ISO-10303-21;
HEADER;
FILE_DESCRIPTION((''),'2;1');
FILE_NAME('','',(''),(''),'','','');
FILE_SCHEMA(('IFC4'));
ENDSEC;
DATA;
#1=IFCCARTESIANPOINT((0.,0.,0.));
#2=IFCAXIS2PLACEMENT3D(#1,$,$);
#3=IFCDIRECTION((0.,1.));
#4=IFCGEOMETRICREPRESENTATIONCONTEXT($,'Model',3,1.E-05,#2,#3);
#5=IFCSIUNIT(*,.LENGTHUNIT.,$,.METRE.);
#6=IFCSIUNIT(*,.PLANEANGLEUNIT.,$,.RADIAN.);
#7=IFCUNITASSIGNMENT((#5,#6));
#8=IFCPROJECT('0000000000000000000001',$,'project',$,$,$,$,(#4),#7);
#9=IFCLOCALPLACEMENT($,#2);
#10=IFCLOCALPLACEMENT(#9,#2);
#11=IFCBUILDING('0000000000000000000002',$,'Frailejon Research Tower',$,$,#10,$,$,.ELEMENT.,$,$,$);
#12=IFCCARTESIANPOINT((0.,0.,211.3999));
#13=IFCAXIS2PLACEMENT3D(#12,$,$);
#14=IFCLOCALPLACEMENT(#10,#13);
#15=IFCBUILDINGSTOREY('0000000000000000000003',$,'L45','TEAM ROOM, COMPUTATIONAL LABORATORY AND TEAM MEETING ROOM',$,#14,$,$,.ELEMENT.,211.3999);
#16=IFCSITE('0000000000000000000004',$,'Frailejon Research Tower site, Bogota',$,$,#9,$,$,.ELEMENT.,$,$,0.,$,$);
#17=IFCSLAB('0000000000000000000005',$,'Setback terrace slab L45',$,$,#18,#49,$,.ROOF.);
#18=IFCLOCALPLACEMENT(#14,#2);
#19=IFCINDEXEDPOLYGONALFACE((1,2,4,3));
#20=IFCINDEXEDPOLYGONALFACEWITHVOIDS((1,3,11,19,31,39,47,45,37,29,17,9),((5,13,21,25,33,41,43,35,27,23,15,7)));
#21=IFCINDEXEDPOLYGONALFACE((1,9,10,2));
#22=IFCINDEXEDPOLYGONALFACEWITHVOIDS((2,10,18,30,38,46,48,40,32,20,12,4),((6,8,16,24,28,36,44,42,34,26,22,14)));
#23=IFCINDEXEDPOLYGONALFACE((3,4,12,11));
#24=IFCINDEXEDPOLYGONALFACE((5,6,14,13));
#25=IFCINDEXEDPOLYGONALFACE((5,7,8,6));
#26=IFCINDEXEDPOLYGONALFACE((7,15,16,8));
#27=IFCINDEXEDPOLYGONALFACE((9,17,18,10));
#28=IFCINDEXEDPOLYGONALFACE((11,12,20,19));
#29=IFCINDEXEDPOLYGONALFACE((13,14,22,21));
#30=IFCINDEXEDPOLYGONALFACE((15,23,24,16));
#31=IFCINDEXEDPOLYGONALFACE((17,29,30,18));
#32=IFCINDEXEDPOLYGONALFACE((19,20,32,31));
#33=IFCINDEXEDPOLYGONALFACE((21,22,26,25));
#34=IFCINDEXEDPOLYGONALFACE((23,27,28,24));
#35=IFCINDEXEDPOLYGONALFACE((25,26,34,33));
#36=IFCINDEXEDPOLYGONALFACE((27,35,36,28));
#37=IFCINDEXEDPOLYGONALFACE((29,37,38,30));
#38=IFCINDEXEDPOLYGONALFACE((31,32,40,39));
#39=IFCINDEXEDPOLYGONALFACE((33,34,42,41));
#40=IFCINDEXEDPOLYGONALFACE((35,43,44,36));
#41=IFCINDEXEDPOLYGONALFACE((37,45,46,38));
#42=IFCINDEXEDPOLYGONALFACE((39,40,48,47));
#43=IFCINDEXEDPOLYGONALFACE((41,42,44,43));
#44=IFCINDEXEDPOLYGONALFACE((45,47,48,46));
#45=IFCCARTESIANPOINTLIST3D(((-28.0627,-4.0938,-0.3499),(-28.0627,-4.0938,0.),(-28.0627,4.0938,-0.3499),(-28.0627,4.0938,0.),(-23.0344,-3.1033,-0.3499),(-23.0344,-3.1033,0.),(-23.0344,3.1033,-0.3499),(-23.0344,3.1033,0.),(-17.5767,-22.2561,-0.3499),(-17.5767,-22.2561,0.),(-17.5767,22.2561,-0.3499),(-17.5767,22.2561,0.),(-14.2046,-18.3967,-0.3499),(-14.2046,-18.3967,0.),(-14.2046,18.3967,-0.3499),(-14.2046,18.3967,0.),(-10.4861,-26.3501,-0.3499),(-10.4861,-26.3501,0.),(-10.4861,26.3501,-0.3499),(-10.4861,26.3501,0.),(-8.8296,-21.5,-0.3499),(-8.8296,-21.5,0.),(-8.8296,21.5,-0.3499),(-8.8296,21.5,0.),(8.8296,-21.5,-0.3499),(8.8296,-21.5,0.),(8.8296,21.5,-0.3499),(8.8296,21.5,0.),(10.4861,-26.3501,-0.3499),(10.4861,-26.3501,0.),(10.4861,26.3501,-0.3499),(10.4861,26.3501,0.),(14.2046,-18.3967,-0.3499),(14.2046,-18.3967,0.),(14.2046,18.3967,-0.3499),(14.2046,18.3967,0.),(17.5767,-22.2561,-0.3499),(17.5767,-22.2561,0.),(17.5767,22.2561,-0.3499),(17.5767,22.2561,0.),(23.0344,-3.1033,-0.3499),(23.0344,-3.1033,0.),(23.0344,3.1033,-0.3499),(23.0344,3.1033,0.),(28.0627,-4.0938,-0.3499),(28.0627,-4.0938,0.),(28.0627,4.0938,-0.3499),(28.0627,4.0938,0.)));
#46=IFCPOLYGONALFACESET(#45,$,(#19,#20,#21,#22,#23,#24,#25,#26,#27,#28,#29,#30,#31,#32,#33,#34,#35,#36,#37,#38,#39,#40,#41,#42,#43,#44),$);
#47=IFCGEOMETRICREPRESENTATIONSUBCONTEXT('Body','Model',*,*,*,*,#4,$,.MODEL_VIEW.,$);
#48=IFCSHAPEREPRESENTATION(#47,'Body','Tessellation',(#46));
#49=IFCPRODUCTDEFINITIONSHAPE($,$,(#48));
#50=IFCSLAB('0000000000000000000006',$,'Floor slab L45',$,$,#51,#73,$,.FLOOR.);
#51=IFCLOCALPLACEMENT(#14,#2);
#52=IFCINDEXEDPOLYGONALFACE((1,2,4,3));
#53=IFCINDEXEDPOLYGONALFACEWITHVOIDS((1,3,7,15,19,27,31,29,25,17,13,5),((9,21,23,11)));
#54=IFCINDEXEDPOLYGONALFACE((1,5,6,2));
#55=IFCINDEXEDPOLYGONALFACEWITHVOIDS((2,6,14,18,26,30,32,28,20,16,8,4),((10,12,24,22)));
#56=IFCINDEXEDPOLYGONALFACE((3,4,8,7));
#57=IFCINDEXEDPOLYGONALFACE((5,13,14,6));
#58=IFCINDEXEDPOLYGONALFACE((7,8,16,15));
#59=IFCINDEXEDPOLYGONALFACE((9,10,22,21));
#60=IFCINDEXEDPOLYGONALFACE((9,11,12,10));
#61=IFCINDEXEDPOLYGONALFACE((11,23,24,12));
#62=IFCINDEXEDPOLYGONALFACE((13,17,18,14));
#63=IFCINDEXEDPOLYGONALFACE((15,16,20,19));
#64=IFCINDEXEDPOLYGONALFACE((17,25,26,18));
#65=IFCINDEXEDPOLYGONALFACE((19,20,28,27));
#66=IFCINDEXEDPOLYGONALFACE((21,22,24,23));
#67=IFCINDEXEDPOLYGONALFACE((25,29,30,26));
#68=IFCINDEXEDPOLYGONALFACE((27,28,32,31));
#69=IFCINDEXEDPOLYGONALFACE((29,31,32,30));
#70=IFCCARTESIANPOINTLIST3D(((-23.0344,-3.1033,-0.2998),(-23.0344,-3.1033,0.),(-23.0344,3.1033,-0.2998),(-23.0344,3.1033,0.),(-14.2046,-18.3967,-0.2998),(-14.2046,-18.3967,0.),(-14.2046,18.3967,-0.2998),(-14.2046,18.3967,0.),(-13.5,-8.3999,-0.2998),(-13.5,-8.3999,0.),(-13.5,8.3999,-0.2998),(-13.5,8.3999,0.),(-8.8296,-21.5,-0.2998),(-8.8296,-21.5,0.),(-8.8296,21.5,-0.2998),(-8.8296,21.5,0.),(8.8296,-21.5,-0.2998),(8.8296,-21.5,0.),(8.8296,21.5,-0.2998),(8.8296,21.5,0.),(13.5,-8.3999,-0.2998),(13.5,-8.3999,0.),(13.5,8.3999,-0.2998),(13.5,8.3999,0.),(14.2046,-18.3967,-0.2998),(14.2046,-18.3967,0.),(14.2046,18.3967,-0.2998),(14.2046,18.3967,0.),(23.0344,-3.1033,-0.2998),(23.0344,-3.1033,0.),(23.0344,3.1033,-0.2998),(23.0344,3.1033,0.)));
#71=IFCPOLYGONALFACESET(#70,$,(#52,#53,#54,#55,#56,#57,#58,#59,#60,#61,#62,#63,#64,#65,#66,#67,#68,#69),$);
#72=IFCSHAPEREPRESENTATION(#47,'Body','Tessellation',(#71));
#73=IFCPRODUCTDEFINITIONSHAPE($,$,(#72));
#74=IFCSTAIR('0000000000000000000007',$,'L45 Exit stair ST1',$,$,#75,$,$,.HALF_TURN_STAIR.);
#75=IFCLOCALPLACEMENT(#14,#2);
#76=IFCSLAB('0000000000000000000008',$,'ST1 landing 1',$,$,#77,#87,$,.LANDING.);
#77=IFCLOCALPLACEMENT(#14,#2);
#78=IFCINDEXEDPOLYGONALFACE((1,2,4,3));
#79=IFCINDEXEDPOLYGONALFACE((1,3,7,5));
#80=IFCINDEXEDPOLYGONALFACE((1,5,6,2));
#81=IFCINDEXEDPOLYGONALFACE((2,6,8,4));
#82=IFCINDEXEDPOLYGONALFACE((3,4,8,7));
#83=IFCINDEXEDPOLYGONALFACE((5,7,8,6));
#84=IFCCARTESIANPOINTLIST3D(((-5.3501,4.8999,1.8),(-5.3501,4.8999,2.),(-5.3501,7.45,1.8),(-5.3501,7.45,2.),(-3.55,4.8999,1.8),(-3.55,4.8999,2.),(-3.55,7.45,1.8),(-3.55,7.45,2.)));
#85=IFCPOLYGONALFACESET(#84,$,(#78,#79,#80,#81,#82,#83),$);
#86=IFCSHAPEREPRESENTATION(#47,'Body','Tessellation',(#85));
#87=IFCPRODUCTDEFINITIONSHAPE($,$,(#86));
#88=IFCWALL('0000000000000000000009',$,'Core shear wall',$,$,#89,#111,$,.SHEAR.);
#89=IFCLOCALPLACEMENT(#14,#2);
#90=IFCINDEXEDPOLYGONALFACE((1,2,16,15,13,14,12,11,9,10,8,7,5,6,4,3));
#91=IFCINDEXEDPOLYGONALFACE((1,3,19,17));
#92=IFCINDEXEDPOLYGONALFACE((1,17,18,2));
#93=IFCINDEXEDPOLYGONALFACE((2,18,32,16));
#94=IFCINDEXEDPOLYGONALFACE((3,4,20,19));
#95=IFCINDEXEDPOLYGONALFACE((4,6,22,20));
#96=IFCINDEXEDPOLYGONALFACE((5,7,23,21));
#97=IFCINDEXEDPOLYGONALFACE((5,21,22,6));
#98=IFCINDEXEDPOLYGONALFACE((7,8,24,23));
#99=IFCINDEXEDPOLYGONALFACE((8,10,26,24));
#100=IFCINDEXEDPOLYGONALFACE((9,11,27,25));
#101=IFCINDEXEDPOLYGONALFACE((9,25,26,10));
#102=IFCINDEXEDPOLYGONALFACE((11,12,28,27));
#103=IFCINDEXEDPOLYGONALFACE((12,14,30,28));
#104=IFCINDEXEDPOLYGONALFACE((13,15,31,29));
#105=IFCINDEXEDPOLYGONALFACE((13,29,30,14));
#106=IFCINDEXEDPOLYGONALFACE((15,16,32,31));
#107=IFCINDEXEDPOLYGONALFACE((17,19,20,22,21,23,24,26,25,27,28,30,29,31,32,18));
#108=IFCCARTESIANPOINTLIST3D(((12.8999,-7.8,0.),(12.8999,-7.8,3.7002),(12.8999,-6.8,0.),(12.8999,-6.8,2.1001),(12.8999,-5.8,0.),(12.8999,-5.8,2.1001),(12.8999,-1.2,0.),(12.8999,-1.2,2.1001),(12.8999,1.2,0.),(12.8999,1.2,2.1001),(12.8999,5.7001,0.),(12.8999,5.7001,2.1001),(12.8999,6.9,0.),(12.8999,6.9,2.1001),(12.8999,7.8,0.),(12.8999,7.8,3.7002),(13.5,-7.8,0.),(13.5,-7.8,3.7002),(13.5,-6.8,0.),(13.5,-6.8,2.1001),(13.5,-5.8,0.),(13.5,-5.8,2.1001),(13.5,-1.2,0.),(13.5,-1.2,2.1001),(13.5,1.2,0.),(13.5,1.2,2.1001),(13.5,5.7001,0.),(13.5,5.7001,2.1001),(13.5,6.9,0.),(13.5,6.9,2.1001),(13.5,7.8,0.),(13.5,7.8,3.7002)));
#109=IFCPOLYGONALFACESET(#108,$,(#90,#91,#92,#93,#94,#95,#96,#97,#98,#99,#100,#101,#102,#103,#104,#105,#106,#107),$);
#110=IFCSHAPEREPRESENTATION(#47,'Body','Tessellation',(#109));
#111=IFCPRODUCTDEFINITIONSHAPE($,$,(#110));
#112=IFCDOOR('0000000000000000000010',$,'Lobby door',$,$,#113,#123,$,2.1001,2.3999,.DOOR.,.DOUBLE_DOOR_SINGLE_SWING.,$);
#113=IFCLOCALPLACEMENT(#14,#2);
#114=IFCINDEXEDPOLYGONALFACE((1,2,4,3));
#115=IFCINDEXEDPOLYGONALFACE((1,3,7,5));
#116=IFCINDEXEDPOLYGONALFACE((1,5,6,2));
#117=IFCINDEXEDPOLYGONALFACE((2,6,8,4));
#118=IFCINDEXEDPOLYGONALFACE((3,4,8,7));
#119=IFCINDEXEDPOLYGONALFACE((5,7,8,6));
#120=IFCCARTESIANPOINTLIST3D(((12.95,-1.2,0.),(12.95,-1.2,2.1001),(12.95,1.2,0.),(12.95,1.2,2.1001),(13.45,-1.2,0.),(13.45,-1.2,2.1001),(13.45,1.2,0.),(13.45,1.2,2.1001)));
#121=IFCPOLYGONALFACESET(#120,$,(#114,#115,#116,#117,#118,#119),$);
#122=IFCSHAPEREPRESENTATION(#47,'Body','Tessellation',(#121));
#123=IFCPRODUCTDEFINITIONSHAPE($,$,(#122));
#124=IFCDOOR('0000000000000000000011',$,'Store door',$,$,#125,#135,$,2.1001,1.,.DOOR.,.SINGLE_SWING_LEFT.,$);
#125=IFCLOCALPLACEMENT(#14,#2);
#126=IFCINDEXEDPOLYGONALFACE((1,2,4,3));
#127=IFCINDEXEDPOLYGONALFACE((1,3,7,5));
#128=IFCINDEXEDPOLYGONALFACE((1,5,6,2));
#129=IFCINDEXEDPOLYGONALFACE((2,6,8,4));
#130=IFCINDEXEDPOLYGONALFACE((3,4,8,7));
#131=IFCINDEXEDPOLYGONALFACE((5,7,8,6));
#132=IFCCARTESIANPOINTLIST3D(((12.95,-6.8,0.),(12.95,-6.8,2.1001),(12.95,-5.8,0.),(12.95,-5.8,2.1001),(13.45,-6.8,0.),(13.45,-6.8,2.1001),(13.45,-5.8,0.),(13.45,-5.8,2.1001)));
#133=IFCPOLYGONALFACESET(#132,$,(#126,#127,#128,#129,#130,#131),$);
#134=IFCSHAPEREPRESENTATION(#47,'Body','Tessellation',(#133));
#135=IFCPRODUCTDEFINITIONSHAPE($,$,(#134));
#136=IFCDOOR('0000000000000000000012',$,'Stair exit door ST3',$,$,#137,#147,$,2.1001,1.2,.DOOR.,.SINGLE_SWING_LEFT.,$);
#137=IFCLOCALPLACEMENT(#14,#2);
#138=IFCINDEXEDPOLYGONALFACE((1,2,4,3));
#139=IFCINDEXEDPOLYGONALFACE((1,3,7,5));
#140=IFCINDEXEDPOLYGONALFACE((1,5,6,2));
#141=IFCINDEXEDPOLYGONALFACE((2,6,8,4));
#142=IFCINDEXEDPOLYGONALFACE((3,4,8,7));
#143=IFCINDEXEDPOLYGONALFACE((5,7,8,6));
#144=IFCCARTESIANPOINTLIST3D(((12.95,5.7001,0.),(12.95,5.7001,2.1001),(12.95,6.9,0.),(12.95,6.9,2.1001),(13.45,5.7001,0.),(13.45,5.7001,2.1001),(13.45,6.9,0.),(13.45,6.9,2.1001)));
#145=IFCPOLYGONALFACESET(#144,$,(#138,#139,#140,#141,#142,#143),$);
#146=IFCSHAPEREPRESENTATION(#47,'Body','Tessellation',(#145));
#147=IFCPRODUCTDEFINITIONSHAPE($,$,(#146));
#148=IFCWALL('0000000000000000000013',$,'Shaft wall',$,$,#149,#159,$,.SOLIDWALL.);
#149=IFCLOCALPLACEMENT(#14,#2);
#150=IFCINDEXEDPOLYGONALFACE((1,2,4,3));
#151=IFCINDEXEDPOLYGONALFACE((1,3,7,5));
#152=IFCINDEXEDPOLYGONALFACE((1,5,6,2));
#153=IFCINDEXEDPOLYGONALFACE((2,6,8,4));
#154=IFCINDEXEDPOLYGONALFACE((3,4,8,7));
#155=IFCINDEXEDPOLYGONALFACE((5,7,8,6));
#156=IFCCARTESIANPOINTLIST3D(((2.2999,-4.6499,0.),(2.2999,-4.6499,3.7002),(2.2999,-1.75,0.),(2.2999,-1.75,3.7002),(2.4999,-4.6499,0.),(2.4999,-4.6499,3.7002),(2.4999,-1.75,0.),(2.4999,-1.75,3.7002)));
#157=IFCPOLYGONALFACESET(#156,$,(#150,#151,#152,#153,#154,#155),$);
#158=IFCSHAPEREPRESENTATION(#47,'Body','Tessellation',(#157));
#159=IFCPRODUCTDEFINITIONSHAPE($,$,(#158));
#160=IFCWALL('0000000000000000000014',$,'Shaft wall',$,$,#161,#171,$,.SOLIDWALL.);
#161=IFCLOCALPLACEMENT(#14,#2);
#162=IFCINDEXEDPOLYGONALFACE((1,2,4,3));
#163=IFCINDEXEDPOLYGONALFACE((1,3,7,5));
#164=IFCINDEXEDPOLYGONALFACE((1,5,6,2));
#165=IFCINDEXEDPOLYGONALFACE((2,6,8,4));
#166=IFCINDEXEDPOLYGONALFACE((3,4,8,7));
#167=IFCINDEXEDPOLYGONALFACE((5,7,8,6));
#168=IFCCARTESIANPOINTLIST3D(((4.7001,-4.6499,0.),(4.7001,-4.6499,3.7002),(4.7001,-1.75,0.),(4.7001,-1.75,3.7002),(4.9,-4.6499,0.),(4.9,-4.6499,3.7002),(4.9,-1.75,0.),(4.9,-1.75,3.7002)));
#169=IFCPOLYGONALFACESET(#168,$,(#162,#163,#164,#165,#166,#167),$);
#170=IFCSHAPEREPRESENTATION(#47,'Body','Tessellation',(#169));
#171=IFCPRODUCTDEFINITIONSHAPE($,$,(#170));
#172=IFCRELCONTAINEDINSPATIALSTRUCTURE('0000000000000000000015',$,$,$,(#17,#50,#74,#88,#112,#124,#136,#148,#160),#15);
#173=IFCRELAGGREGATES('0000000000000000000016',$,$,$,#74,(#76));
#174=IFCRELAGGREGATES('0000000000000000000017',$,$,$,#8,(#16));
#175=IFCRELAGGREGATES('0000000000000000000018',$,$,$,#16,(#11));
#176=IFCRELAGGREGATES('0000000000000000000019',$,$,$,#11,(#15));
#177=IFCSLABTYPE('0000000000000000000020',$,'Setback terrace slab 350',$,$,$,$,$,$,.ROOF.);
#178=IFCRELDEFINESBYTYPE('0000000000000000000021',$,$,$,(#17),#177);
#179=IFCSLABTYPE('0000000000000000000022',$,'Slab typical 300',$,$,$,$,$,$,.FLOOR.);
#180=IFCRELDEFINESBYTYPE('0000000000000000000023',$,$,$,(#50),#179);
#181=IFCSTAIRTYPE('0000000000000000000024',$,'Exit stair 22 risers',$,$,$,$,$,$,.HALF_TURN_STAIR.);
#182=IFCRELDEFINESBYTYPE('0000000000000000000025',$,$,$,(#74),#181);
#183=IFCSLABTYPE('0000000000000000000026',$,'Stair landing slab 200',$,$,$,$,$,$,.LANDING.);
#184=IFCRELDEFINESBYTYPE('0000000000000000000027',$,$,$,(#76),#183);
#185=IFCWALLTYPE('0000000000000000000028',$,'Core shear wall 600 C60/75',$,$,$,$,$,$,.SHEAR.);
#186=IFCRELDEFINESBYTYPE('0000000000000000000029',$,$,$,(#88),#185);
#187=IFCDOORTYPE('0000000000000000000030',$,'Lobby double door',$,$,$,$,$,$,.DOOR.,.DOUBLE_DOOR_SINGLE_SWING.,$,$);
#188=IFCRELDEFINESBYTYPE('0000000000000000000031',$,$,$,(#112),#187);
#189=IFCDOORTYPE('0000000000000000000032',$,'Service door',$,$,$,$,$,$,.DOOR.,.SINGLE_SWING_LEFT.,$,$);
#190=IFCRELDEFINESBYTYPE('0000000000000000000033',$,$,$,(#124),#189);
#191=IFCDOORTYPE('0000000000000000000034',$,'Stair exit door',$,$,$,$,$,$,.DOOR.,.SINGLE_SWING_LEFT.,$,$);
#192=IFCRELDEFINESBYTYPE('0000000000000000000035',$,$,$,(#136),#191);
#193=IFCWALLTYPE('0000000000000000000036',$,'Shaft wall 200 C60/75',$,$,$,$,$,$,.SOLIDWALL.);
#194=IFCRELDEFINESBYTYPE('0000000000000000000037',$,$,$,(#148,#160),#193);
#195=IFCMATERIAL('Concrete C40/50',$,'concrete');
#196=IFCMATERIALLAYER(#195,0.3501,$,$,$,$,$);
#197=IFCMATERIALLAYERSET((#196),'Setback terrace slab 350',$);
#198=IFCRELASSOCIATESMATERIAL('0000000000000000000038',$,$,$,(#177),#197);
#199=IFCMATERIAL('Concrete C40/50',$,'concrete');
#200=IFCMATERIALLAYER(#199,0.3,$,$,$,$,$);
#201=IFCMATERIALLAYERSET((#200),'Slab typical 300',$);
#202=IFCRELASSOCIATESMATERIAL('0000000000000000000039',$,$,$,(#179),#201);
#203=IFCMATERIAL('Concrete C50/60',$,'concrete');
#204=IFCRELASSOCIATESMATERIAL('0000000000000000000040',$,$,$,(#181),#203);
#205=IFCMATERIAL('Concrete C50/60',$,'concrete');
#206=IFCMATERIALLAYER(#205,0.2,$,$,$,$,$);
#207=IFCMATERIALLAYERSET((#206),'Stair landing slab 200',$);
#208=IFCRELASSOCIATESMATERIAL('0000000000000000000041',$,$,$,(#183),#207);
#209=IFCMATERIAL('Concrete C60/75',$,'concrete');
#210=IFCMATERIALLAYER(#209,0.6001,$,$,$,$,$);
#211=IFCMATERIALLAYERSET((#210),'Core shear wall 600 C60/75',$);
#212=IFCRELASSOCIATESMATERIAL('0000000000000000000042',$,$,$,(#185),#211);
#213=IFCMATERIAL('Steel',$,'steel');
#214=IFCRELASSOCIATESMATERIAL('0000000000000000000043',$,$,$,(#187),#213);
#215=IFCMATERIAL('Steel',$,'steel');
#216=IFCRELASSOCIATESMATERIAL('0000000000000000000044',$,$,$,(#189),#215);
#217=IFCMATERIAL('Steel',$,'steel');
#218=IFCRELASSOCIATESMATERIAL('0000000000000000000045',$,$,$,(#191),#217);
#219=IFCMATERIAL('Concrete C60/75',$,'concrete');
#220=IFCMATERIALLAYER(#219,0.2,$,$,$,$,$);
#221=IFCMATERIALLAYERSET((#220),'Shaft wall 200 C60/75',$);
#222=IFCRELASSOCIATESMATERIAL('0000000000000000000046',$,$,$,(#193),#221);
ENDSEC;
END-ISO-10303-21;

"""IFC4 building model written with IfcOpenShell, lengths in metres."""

from ifc_helpers import new_model, si_unit, direction, frame, frame_2d, origin, place, context, subcontext, project, spatial, polyline, rectangle, outline, extrude, material, layer, layer_set, type_object, element, fill, aggregate, save


model = new_model("IFC4")

# Units and contexts
model_context = context("Model", 3, precision=1e-05, world=origin(), true_north=direction((0.0, 1.0)))
body_context = subcontext(model_context, "Body", "Model", "MODEL_VIEW")
ifc_project = project(units=[si_unit("LENGTHUNIT", "METRE"), si_unit("PLANEANGLEUNIT", "RADIAN")], contexts=[model_context])

# Site, building, storey
site_placement = place(None, origin())
site = spatial("IfcSite", under=ifc_project, at=site_placement, Name="Frailejon Research Tower site, Bogota", CompositionType="ELEMENT", RefElevation=0.0)
building_placement = place(site_placement, origin())
building = spatial("IfcBuilding", under=site, at=building_placement, Name="Frailejon Research Tower", CompositionType="ELEMENT")
storey_placement = place(building_placement, frame((0.0, 0.0, 211.3999)))
storey = spatial("IfcBuildingStorey", under=building, at=storey_placement, Name="L45", Description="TEAM ROOM, COMPUTATIONAL LABORATORY AND TEAM MEETING ROOM", CompositionType="ELEMENT", Elevation=211.3999)

# Slabs
ifc_material_1 = material(Name="Concrete C40/50", Category="concrete")
ifc_layer_1 = layer(ifc_material_1, 0.3501)
ifc_layer_set_1 = layer_set([ifc_layer_1], Name="Setback terrace slab 350")
slab_type_1 = type_object("IfcSlabType", Name="Setback terrace slab 350", PredefinedType="ROOF", material=ifc_layer_set_1)
slab_1_placement = place(storey_placement, frame((0.0, 0.0, -0.3499)))
element("IfcSlab", 1, at=slab_1_placement, inside=storey, type_object=slab_type_1, Name="Setback terrace slab L45", PredefinedType="ROOF", context=body_context, shape_type="SweptSolid", body=[
    extrude(outline(polyline([(17.5767, -22.2561), (10.4861, -26.3501), (-10.4861, -26.3501), (-17.5767, -22.2561), (-28.0627, -4.0938), (-28.0627, 4.0938), (-17.5767, 22.2561), (-10.4861, 26.3501), (10.4861, 26.3501), (17.5767, 22.2561), (28.0627, 4.0938), (28.0627, -4.0938), (17.5767, -22.2561)]), holes=[polyline([(23.0344, 3.1033), (14.2046, 18.3967), (8.8296, 21.5), (-8.8296, 21.5), (-14.2046, 18.3967), (-23.0344, 3.1033), (-23.0344, -3.1033), (-14.2046, -18.3967), (-8.8296, -21.5), (8.8296, -21.5), (14.2046, -18.3967), (23.0344, -3.1033), (23.0344, 3.1033)])]), origin(), (0.0, 0.0, 1.0), 0.3499),
])
ifc_material_2 = material(Name="Concrete C40/50", Category="concrete")
ifc_layer_2 = layer(ifc_material_2, 0.3)
ifc_layer_set_2 = layer_set([ifc_layer_2], Name="Slab typical 300")
slab_type_2 = type_object("IfcSlabType", Name="Slab typical 300", PredefinedType="FLOOR", material=ifc_layer_set_2)
slab_2_placement = place(storey_placement, frame((0.0, 0.0, -0.2998)))
element("IfcSlab", 2, at=slab_2_placement, inside=storey, type_object=slab_type_2, Name="Floor slab L45", PredefinedType="FLOOR", context=body_context, shape_type="SweptSolid", body=[
    extrude(outline(polyline([(23.0344, -3.1033), (23.0344, 3.1033), (14.2046, 18.3967), (8.8296, 21.5), (-8.8296, 21.5), (-14.2046, 18.3967), (-23.0344, 3.1033), (-23.0344, -3.1033), (-14.2046, -18.3967), (-8.8296, -21.5), (8.8296, -21.5), (14.2046, -18.3967), (23.0344, -3.1033)]), holes=[polyline([(13.5, -8.3999), (-13.5, -8.3999), (-13.5, 8.3999), (13.5, 8.3999), (13.5, -8.3999)])]), origin(), (0.0, 0.0, 1.0), 0.2998),
])

# Stair, slab
ifc_material_3 = material(Name="Concrete C50/60", Category="concrete")
stair_type = type_object("IfcStairType", Name="Exit stair 22 risers", PredefinedType="HALF_TURN_STAIR", material=ifc_material_3)
stair_placement = place(storey_placement, origin())
stair = element("IfcStair", 3, at=stair_placement, inside=storey, type_object=stair_type, Name="L45 Exit stair ST1", PredefinedType="HALF_TURN_STAIR")
ifc_material_4 = material(Name="Concrete C50/60", Category="concrete")
ifc_layer_3 = layer(ifc_material_4, 0.2)
ifc_layer_set_3 = layer_set([ifc_layer_3], Name="Stair landing slab 200")
slab_type_3 = type_object("IfcSlabType", Name="Stair landing slab 200", PredefinedType="LANDING", material=ifc_layer_set_3)
slab_3_placement = place(storey_placement, frame((0.0, 0.0, 1.8)))
slab_3 = element("IfcSlab", 4, at=slab_3_placement, type_object=slab_type_3, Name="ST1 landing 1", PredefinedType="LANDING", context=body_context, shape_type="SweptSolid", body=[
    extrude(outline(polyline([(-5.3501, 4.8999), (-3.55, 4.8999), (-3.55, 7.45), (-5.3501, 7.45), (-5.3501, 4.8999)])), origin(), (0.0, 0.0, 1.0), 0.2),
])
aggregate(stair, [slab_3])

# Wall, openings, doors
ifc_material_5 = material(Name="Concrete C60/75", Category="concrete")
ifc_layer_4 = layer(ifc_material_5, 0.6001)
ifc_layer_set_4 = layer_set([ifc_layer_4], Name="Core shear wall 600 C60/75")
wall_type_1 = type_object("IfcWallType", Name="Core shear wall 600 C60/75", PredefinedType="SHEAR", material=ifc_layer_set_4)
wall_1_placement = place(storey_placement, frame((13.2, -7.8, 0.0), z_axis=(0.0, 0.0, 1.0), x_axis=(0.0, 1.0, 0.0)))
wall_1 = element("IfcWall", 5, at=wall_1_placement, inside=storey, type_object=wall_type_1, Name="Core shear wall", PredefinedType="SHEAR", context=body_context, shape_type="SweptSolid", body=[
    extrude(rectangle(XDim=15.6001, YDim=0.6001, at=frame_2d((7.8, 0.0))), origin(), (0.0, 0.0, 1.0), 3.7002),
])
opening_1_placement = place(wall_1_placement, frame((6.6001, 0.0, 0.0)))
opening_1 = element("IfcOpeningElement", 6, at=opening_1_placement, cuts=wall_1, PredefinedType="OPENING", context=body_context, shape_type="SweptSolid", body=[
    extrude(rectangle(XDim=2.3999, YDim=2.1001, at=frame_2d((1.2, 1.05))), frame((0.0, 0.3101, 0.0), z_axis=(0.0, -1.0, 0.0), x_axis=(1.0, 0.0, 0.0)), (0.0, 0.0, 1.0), 0.6201),
])
opening_2_placement = place(wall_1_placement, frame((13.5, 0.0, 0.0)))
opening_2 = element("IfcOpeningElement", 7, at=opening_2_placement, cuts=wall_1, PredefinedType="OPENING", context=body_context, shape_type="SweptSolid", body=[
    extrude(rectangle(XDim=1.2, YDim=2.1001, at=frame_2d((0.6001, 1.05))), frame((0.0, 0.3101, 0.0), z_axis=(0.0, -1.0, 0.0), x_axis=(1.0, 0.0, 0.0)), (0.0, 0.0, 1.0), 0.6201),
])
opening_3_placement = place(wall_1_placement, frame((1.0, 0.0, 0.0)))
opening_3 = element("IfcOpeningElement", 8, at=opening_3_placement, cuts=wall_1, PredefinedType="OPENING", context=body_context, shape_type="SweptSolid", body=[
    extrude(rectangle(XDim=1.0, YDim=2.1001, at=frame_2d((0.5, 1.05))), frame((0.0, 0.3101, 0.0), z_axis=(0.0, -1.0, 0.0), x_axis=(1.0, 0.0, 0.0)), (0.0, 0.0, 1.0), 0.6201),
])
ifc_material_6 = material(Name="Steel", Category="steel")
door_type_1 = type_object("IfcDoorType", Name="Lobby double door", OperationType="DOUBLE_DOOR_SINGLE_SWING", PredefinedType="DOOR", material=ifc_material_6)
door_1_placement = place(opening_1_placement, origin())
door_1 = element("IfcDoor", 9, at=door_1_placement, inside=storey, type_object=door_type_1, Name="Lobby door", OperationType="DOUBLE_DOOR_SINGLE_SWING", OverallHeight=2.1001, OverallWidth=2.3999, PredefinedType="DOOR", context=body_context, shape_type="SweptSolid", body=[
    extrude(rectangle(XDim=2.3999, YDim=2.1001, at=frame_2d((1.2, 1.05))), frame((0.0, 0.25, 0.0), z_axis=(0.0, -1.0, 0.0), x_axis=(1.0, 0.0, 0.0)), (0.0, 0.0, 1.0), 0.5),
])
fill(opening_1, door_1)
ifc_material_7 = material(Name="Steel", Category="steel")
door_type_2 = type_object("IfcDoorType", Name="Service door", OperationType="SINGLE_SWING_LEFT", PredefinedType="DOOR", material=ifc_material_7)
door_2_placement = place(opening_3_placement, origin())
door_2 = element("IfcDoor", 10, at=door_2_placement, inside=storey, type_object=door_type_2, Name="Store door", OperationType="SINGLE_SWING_LEFT", OverallHeight=2.1001, OverallWidth=1.0, PredefinedType="DOOR", context=body_context, shape_type="SweptSolid", body=[
    extrude(rectangle(XDim=1.0, YDim=2.1001, at=frame_2d((0.5, 1.05))), frame((0.0, 0.25, 0.0), z_axis=(0.0, -1.0, 0.0), x_axis=(1.0, 0.0, 0.0)), (0.0, 0.0, 1.0), 0.5),
])
fill(opening_3, door_2)
ifc_material_8 = material(Name="Steel", Category="steel")
door_type_3 = type_object("IfcDoorType", Name="Stair exit door", OperationType="SINGLE_SWING_LEFT", PredefinedType="DOOR", material=ifc_material_8)
door_3_placement = place(opening_2_placement, origin())
door_3 = element("IfcDoor", 11, at=door_3_placement, inside=storey, type_object=door_type_3, Name="Stair exit door ST3", OperationType="SINGLE_SWING_LEFT", OverallHeight=2.1001, OverallWidth=1.2, PredefinedType="DOOR", context=body_context, shape_type="SweptSolid", body=[
    extrude(rectangle(XDim=1.2, YDim=2.1001, at=frame_2d((0.6001, 1.05))), frame((0.0, 0.25, 0.0), z_axis=(0.0, -1.0, 0.0), x_axis=(1.0, 0.0, 0.0)), (0.0, 0.0, 1.0), 0.5),
])
fill(opening_2, door_3)

# Walls
ifc_material_9 = material(Name="Concrete C60/75", Category="concrete")
ifc_layer_5 = layer(ifc_material_9, 0.2)
ifc_layer_set_5 = layer_set([ifc_layer_5], Name="Shaft wall 200 C60/75")
wall_type_2 = type_object("IfcWallType", Name="Shaft wall 200 C60/75", PredefinedType="SOLIDWALL", material=ifc_layer_set_5)
for number, where, z_axis, x_axis, name in (
    (12, (2.3999, -4.6499, 0.0), (0.0, 0.0, 1.0), (0.0, 1.0, 0.0), "Shaft wall"),
    (13, (4.8, -4.6499, 0.0), (0.0, 0.0, 1.0), (0.0, 1.0, 0.0), "Shaft wall"),
):
    element("IfcWall", number, at=place(storey_placement, frame(where, z_axis=z_axis, x_axis=x_axis)), inside=storey, type_object=wall_type_2, Name=name, PredefinedType="SOLIDWALL", context=body_context, shape_type="SweptSolid", body=[
        extrude(rectangle(XDim=2.8999, YDim=0.2, at=frame_2d((1.45, 0.0))), origin(), (0.0, 0.0, 1.0), 3.7002),
    ])

save(model, "model.ifc")
